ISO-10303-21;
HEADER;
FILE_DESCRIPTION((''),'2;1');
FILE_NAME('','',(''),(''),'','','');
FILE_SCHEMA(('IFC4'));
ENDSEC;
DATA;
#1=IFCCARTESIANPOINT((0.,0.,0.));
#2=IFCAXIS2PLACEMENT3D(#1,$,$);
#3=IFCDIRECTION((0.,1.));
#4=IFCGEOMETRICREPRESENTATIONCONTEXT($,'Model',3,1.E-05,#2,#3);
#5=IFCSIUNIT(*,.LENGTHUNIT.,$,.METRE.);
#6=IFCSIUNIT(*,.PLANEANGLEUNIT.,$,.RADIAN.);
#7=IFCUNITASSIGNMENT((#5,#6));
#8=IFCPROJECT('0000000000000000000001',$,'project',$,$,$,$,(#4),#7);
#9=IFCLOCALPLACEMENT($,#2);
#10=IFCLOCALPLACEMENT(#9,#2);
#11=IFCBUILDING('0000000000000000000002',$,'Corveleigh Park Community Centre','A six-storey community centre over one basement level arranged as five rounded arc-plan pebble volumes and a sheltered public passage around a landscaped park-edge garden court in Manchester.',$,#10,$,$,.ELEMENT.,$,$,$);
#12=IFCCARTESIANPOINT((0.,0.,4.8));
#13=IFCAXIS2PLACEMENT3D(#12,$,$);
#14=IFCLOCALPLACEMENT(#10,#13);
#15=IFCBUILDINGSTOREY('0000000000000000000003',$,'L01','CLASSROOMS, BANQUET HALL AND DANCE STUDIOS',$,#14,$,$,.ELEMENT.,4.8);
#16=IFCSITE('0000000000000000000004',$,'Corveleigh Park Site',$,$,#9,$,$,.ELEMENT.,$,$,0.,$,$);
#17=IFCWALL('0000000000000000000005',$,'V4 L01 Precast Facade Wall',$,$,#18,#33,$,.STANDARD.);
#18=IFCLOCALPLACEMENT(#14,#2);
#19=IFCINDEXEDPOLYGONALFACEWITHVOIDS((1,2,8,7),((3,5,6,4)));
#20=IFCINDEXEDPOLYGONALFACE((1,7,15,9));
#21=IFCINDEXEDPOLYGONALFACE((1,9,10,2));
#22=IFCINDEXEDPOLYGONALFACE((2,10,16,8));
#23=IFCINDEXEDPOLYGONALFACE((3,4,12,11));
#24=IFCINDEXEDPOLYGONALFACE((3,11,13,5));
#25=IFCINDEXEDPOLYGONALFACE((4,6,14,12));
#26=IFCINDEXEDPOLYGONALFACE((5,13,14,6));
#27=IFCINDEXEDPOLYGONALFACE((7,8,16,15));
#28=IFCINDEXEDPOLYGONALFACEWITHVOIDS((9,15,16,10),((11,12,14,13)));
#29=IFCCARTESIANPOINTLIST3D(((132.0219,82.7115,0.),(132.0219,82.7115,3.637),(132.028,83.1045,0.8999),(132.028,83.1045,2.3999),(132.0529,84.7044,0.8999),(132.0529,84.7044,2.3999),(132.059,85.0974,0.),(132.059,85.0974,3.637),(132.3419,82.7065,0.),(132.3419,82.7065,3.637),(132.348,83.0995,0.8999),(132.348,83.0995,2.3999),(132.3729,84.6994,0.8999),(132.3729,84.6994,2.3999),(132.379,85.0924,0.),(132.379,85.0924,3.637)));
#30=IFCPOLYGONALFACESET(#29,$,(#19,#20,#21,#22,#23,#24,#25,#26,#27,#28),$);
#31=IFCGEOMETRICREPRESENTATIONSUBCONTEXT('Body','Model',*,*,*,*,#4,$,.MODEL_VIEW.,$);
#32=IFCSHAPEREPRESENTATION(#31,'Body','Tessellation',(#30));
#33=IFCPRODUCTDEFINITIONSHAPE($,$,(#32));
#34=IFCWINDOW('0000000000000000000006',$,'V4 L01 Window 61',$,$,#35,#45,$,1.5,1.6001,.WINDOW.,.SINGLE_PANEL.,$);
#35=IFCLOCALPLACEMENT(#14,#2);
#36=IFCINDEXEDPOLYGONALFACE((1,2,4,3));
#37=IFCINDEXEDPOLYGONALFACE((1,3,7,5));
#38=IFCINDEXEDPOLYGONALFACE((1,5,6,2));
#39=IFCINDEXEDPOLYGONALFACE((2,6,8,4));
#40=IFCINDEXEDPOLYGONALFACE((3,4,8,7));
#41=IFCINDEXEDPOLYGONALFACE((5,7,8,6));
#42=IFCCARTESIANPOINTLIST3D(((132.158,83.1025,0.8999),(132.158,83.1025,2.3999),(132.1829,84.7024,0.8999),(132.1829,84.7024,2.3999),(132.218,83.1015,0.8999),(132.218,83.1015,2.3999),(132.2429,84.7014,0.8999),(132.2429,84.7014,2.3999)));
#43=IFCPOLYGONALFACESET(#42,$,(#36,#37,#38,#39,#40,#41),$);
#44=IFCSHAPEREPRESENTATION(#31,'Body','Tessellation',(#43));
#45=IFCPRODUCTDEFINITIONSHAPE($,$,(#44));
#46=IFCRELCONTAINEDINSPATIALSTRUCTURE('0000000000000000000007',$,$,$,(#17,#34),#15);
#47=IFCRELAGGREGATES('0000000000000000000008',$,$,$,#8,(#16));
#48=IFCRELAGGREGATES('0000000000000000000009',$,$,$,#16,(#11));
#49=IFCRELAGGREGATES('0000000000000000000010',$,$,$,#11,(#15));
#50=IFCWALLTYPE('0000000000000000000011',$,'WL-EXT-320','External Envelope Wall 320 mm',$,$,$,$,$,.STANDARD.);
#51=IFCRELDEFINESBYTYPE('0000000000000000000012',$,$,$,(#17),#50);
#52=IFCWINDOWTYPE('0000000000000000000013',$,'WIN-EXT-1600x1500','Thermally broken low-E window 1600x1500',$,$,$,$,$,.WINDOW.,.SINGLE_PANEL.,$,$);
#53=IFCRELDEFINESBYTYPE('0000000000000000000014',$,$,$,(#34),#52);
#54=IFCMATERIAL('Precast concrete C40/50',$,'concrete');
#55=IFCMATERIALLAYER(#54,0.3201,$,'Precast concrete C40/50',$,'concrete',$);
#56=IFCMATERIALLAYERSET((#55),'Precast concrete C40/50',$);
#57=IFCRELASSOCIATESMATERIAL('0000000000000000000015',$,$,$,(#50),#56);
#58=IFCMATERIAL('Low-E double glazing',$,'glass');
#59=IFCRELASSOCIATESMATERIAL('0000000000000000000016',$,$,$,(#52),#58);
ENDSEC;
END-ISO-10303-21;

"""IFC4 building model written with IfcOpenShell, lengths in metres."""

from ifc_helpers import new_model, si_unit, direction, frame, frame_2d, origin, place, context, subcontext, project, spatial, rectangle, extrude, material, layer, layer_set, type_object, element, fill, save


model = new_model("IFC4")

# Units and contexts
model_context = context("Model", 3, precision=1e-05, world=origin(), true_north=direction((0.0, 1.0)))
body_context = subcontext(model_context, "Body", "Model", "MODEL_VIEW")
ifc_project = project(units=[si_unit("LENGTHUNIT", "METRE"), si_unit("PLANEANGLEUNIT", "RADIAN")], contexts=[model_context])

# Site, building, storey
site_placement = place(None, origin())
site = spatial("IfcSite", under=ifc_project, at=site_placement, Name="Corveleigh Park Site", CompositionType="ELEMENT", RefElevation=0.0)
building_placement = place(site_placement, origin())
building = spatial("IfcBuilding", under=site, at=building_placement, Name="Corveleigh Park Community Centre", Description="A six-storey community centre over one basement level arranged as five rounded arc-plan pebble volumes and a sheltered public passage around a landscaped park-edge garden court in Manchester.", CompositionType="ELEMENT")
storey_placement = place(building_placement, frame((0.0, 0.0, 4.8)))
storey = spatial("IfcBuildingStorey", under=building, at=storey_placement, Name="L01", Description="CLASSROOMS, BANQUET HALL AND DANCE STUDIOS", CompositionType="ELEMENT", Elevation=4.8)

# Shared definitions
ifc_material_1 = material(Name="Low-E double glazing", Category="glass")

# Wall, opening, window
ifc_material_2 = material(Name="Precast concrete C40/50", Category="concrete")
ifc_layer_1 = layer(ifc_material_2, 0.3201, Name="Precast concrete C40/50", Category="concrete")
ifc_layer_set_1 = layer_set([ifc_layer_1], Name="Precast concrete C40/50")
wall_type = type_object("IfcWallType", Name="WL-EXT-320", Description="External Envelope Wall 320 mm", PredefinedType="STANDARD", material=ifc_layer_set_1)
wall_placement = place(storey_placement, frame((132.1819, 82.709, 0.0), z_axis=(0.0, 0.0, 1.0), x_axis=(0.015551, 0.999879, 0.0)))
wall = element("IfcWall", 1, at=wall_placement, inside=storey, type_object=wall_type, Name="V4 L01 Precast Facade Wall", PredefinedType="STANDARD", context=body_context, shape_type="SweptSolid", body=[
    extrude(rectangle(XDim=2.3862, YDim=0.3201, at=frame_2d((1.1931, 0.0))), origin(), (0.0, 0.0, 1.0), 3.637),
])
opening_placement = place(wall_placement, frame((0.3931, 0.0, 0.8999)))
opening = element("IfcOpeningElement", 2, at=opening_placement, cuts=wall, PredefinedType="OPENING", context=body_context, shape_type="SweptSolid", body=[
    extrude(rectangle(XDim=1.6001, YDim=1.5, at=frame_2d((0.8, 0.75))), frame((0.0, 0.1699, 0.0), z_axis=(0.0, -1.0, 0.0), x_axis=(1.0, 0.0, 0.0)), (0.0, 0.0, 1.0), 0.3401),
])
window_type = type_object("IfcWindowType", Name="WIN-EXT-1600x1500", Description="Thermally broken low-E window 1600x1500", PartitioningType="SINGLE_PANEL", PredefinedType="WINDOW", material=ifc_material_1)
window_placement = place(opening_placement, origin())
window = element("IfcWindow", 3, at=window_placement, inside=storey, type_object=window_type, Name="V4 L01 Window 61", OverallHeight=1.5, OverallWidth=1.6001, PartitioningType="SINGLE_PANEL", PredefinedType="WINDOW", context=body_context, shape_type="SweptSolid", body=[
    extrude(rectangle(XDim=1.6001, YDim=1.5, at=frame_2d((0.8, 0.75))), frame((0.0, 0.03, 0.0), z_axis=(0.0, -1.0, 0.0), x_axis=(1.0, 0.0, 0.0)), (0.0, 0.0, 1.0), 0.0601),
])
fill(opening, window)

save(model, "model.ifc")
